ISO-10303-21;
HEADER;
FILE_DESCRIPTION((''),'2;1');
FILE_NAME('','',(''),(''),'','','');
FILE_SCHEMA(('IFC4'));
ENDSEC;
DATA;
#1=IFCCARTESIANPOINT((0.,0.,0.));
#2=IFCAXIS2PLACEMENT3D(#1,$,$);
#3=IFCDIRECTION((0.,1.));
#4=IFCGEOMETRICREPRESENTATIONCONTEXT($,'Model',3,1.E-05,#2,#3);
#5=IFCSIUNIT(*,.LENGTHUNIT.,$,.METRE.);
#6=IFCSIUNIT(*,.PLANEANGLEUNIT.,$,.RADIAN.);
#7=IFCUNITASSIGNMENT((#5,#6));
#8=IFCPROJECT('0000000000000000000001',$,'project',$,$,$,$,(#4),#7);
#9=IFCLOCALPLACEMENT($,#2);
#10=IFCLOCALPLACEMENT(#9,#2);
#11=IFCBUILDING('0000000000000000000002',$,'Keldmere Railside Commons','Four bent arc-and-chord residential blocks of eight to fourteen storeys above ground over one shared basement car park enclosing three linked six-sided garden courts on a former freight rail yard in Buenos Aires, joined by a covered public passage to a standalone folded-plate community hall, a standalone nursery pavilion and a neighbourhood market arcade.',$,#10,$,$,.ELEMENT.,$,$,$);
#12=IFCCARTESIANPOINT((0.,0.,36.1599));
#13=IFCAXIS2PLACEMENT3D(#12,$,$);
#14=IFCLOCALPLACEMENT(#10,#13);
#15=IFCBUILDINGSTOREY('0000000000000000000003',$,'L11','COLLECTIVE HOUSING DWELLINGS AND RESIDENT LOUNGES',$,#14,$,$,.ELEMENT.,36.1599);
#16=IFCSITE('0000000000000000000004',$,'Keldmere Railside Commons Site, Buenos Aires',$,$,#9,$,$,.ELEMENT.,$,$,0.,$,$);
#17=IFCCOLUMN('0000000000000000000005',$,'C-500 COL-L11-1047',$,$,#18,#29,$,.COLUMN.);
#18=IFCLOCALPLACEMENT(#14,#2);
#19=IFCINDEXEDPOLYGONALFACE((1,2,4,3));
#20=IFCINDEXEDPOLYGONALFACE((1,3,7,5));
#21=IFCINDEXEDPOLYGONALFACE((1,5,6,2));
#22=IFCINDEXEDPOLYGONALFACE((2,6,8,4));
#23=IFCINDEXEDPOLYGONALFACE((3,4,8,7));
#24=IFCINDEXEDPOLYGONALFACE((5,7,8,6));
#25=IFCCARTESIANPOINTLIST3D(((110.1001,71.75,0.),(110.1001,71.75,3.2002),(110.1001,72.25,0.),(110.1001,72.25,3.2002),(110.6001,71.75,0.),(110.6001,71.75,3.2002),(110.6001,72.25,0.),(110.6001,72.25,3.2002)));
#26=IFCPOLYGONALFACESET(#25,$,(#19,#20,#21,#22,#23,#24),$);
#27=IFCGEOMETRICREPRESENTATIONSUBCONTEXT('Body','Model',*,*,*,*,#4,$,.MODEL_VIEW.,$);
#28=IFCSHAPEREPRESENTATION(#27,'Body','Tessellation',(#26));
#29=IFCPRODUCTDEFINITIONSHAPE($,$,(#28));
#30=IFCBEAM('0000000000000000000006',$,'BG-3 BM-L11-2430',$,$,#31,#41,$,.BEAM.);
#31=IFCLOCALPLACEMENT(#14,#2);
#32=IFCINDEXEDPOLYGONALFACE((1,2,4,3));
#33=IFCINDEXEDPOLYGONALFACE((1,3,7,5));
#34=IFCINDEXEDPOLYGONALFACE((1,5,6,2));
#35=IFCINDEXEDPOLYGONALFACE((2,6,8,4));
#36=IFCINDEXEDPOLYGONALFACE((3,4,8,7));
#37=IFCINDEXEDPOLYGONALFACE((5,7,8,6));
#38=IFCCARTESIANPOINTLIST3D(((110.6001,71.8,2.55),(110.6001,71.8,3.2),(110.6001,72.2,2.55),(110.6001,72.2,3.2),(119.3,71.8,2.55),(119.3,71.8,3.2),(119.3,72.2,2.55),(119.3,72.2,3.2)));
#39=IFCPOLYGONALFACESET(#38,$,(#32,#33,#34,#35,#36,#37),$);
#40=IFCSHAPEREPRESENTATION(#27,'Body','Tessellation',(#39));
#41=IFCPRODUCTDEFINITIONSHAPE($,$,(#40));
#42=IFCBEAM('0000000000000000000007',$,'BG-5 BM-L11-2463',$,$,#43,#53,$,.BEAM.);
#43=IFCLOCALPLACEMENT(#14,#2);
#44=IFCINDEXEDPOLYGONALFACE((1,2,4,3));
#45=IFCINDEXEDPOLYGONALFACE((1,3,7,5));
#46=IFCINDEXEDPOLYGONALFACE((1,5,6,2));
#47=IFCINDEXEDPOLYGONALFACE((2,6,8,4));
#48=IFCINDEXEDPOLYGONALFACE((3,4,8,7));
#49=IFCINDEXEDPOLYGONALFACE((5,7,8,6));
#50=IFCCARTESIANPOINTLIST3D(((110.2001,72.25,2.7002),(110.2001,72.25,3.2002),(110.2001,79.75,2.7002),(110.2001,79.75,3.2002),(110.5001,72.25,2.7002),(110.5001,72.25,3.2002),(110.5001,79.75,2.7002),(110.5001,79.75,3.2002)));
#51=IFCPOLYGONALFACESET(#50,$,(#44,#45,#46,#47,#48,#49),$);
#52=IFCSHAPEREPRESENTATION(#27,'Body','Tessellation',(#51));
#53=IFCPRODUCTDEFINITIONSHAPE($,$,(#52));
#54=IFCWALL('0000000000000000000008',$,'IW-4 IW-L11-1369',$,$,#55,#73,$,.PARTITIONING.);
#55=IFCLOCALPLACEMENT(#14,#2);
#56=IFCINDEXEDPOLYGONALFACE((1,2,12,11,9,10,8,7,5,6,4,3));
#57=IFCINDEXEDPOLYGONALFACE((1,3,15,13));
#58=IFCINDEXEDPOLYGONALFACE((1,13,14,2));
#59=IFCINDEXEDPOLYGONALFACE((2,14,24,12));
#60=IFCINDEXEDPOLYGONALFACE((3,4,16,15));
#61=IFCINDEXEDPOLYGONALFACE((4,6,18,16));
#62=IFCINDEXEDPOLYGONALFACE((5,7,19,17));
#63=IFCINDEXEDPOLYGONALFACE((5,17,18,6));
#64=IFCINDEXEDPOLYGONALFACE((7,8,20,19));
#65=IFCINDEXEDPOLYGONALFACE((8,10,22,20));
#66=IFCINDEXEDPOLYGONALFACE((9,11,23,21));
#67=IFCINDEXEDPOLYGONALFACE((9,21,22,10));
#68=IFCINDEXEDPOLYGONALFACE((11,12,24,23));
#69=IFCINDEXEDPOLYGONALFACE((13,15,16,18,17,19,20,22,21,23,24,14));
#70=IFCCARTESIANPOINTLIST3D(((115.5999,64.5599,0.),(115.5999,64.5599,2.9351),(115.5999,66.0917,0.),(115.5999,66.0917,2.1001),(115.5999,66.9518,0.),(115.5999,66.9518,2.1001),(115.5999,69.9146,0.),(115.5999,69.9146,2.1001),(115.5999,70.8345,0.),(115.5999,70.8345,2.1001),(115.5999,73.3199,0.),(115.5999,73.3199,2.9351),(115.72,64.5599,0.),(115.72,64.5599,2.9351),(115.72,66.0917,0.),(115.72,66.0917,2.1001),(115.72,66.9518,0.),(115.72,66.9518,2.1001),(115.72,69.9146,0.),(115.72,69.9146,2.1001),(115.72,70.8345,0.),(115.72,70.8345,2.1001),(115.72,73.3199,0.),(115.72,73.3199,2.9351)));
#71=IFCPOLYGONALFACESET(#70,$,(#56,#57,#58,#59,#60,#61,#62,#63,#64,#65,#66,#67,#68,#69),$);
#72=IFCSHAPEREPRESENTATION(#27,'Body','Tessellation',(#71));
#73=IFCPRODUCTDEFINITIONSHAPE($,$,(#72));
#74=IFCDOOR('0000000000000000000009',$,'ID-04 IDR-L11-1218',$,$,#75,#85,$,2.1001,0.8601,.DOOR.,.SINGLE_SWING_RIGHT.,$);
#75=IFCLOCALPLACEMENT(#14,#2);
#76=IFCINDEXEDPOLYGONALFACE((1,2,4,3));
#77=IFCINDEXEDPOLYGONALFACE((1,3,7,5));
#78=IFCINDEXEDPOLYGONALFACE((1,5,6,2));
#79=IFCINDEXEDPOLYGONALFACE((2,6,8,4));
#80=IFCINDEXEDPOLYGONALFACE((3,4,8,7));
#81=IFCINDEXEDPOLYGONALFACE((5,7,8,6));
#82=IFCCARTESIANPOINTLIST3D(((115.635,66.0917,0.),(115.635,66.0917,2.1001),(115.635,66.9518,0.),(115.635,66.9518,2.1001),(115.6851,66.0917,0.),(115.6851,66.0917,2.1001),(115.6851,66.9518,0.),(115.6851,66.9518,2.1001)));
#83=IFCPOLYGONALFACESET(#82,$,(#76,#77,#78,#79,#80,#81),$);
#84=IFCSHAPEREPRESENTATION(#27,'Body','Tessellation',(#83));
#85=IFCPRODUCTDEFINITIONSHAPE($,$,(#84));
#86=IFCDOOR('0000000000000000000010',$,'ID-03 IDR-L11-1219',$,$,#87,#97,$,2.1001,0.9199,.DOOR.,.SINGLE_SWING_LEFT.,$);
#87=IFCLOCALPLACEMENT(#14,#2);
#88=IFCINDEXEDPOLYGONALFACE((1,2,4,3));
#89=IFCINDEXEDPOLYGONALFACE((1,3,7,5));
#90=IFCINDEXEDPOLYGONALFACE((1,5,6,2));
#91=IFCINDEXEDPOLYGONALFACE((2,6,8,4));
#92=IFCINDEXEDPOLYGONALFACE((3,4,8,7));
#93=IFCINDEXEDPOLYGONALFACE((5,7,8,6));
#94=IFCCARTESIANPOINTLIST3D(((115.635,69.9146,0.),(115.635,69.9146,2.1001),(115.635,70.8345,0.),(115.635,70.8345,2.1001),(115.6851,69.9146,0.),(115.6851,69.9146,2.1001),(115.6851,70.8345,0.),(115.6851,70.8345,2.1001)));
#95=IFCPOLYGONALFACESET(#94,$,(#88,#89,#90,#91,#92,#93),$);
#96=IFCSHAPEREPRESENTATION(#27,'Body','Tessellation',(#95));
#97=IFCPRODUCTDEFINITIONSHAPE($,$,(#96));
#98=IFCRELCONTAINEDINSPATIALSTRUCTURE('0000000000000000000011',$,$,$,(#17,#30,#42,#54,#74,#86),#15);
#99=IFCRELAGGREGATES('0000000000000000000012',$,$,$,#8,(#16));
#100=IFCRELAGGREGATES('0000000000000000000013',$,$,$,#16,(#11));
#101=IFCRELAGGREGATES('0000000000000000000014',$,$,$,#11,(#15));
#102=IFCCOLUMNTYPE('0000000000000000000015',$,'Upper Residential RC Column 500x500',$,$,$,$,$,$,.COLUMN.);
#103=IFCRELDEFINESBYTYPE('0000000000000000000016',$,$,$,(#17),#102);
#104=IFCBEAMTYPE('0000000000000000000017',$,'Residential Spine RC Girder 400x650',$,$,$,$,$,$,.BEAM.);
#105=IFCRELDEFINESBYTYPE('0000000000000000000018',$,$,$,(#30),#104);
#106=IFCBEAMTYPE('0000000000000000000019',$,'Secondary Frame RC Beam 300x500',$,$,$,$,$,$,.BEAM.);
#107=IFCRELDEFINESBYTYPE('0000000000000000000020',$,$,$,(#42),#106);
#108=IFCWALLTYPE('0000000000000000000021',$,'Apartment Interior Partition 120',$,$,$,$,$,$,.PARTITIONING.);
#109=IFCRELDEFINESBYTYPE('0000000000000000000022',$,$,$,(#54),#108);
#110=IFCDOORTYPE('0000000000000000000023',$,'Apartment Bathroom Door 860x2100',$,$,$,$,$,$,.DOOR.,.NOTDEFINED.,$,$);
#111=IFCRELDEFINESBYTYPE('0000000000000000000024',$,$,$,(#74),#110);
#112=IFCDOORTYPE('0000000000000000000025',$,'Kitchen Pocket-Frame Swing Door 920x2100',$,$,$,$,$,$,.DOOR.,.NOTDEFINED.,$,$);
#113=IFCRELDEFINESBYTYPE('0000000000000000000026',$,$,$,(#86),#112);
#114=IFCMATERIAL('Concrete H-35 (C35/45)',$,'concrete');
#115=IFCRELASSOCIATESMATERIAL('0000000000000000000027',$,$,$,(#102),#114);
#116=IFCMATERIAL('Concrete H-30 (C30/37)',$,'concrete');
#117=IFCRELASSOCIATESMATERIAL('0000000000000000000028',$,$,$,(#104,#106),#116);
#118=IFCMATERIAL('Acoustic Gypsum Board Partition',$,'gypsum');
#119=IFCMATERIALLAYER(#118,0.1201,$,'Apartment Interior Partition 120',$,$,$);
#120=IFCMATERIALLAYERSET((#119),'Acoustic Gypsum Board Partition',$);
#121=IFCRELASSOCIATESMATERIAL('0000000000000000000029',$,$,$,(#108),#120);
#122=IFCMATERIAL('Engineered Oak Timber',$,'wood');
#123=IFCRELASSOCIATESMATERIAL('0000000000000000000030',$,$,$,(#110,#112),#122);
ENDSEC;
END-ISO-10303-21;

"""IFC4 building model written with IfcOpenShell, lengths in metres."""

from ifc_helpers import new_model, si_unit, direction, frame, frame_2d, origin, origin_2d, place, context, subcontext, project, spatial, rectangle, extrude, material, layer, layer_set, material_profile, profile_set, type_object, element, fill, save


model = new_model("IFC4")

# Units and contexts
model_context = context("Model", 3, precision=1e-05, world=origin(), true_north=direction((0.0, 1.0)))
body_context = subcontext(model_context, "Body", "Model", "MODEL_VIEW")
ifc_project = project(units=[si_unit("LENGTHUNIT", "METRE"), si_unit("PLANEANGLEUNIT", "RADIAN")], contexts=[model_context])

# Site, building, storey
site_placement = place(None, origin())
site = spatial("IfcSite", under=ifc_project, at=site_placement, Name="Keldmere Railside Commons Site, Buenos Aires", CompositionType="ELEMENT", RefElevation=0.0)
building_placement = place(site_placement, origin())
building = spatial("IfcBuilding", under=site, at=building_placement, Name="Keldmere Railside Commons", Description="Four bent arc-and-chord residential blocks of eight to fourteen storeys above ground over one shared basement car park enclosing three linked six-sided garden courts on a former freight rail yard in Buenos Aires, joined by a covered public passage to a standalone folded-plate community hall, a standalone nursery pavilion and a neighbourhood market arcade.", CompositionType="ELEMENT")
storey_placement = place(building_placement, frame((0.0, 0.0, 36.1599)))
storey = spatial("IfcBuildingStorey", under=building, at=storey_placement, Name="L11", Description="COLLECTIVE HOUSING DWELLINGS AND RESIDENT LOUNGES", CompositionType="ELEMENT", Elevation=36.1599)

# Column
ifc_material_1 = material(Name="Concrete H-35 (C35/45)", Category="concrete")
ifc_material_profile_1 = material_profile(ifc_material_1, rectangle(XDim=0.5, YDim=0.5, at=origin_2d()), Name="RC-500x500")
ifc_profile_set_1 = profile_set([ifc_material_profile_1], Name="Concrete H-35 (C35/45)")
column_type = type_object("IfcColumnType", Name="Upper Residential RC Column 500x500", PredefinedType="COLUMN", material=ifc_profile_set_1)
column_placement = place(storey_placement, frame((110.3501, 72.0, 0.0), z_axis=(0.0, 0.0, 1.0), x_axis=(1.0, 0.0, 0.0)))
element("IfcColumn", 1, at=column_placement, inside=storey, type_object=column_type, Name="C-500 COL-L11-1047", PredefinedType="COLUMN", context=body_context, shape_type="SweptSolid", body=[
    extrude(rectangle(XDim=0.5, YDim=0.5, at=origin_2d()), origin(), (0.0, 0.0, 1.0), 3.2002),
])

# Beams
ifc_material_2 = material(Name="Concrete H-30 (C30/37)", Category="concrete")
ifc_material_profile_2 = material_profile(ifc_material_2, rectangle(XDim=0.3999, YDim=0.6499, at=origin_2d()), Name="RC-400x650")
ifc_profile_set_2 = profile_set([ifc_material_profile_2], Name="Concrete H-30 (C30/37)")
beam_type_1 = type_object("IfcBeamType", Name="Residential Spine RC Girder 400x650", PredefinedType="BEAM", material=ifc_profile_set_2)
beam_1_placement = place(storey_placement, frame((110.6001, 72.0, 2.875), z_axis=(1.0, 0.0, 0.0), x_axis=(0.0, 1.0, 0.0)))
element("IfcBeam", 2, at=beam_1_placement, inside=storey, type_object=beam_type_1, Name="BG-3 BM-L11-2430", PredefinedType="BEAM", context=body_context, shape_type="SweptSolid", body=[
    extrude(rectangle(XDim=0.3999, YDim=0.6499, at=origin_2d()), origin(), (0.0, 0.0, 1.0), 8.7),
])
ifc_material_profile_3 = material_profile(ifc_material_2, rectangle(XDim=0.3, YDim=0.5, at=origin_2d()), Name="RC-300x500")
ifc_profile_set_3 = profile_set([ifc_material_profile_3], Name="Concrete H-30 (C30/37)")
beam_type_2 = type_object("IfcBeamType", Name="Secondary Frame RC Beam 300x500", PredefinedType="BEAM", material=ifc_profile_set_3)
beam_2_placement = place(storey_placement, frame((110.3501, 72.25, 2.9502), z_axis=(0.0, 1.0, 0.0), x_axis=(-1.0, 0.0, 0.0)))
element("IfcBeam", 3, at=beam_2_placement, inside=storey, type_object=beam_type_2, Name="BG-5 BM-L11-2463", PredefinedType="BEAM", context=body_context, shape_type="SweptSolid", body=[
    extrude(rectangle(XDim=0.3, YDim=0.5, at=origin_2d()), origin(), (0.0, 0.0, 1.0), 7.5),
])

# Wall, openings, doors
ifc_material_3 = material(Name="Acoustic Gypsum Board Partition", Category="gypsum")
ifc_layer_1 = layer(ifc_material_3, 0.1201, Name="Apartment Interior Partition 120")
ifc_layer_set_1 = layer_set([ifc_layer_1], Name="Acoustic Gypsum Board Partition")
wall_type_1 = type_object("IfcWallType", Name="Apartment Interior Partition 120", PredefinedType="PARTITIONING", material=ifc_layer_set_1)
wall_1_placement = place(storey_placement, frame((115.6599, 64.5601, 0.0), z_axis=(0.0, 0.0, 1.0), x_axis=(0.0, 1.0, 0.0)))
wall_1 = element("IfcWall", 4, at=wall_1_placement, inside=storey, type_object=wall_type_1, Name="IW-4 IW-L11-1369", PredefinedType="PARTITIONING", context=body_context, shape_type="SweptSolid", body=[
    extrude(rectangle(XDim=8.76, YDim=0.1201, at=frame_2d((4.3799, 0.0))), origin(), (0.0, 0.0, 1.0), 2.9351),
])
opening_1_placement = place(wall_1_placement, frame((1.5315, 0.0, 0.0)))
opening_1 = element("IfcOpeningElement", 5, at=opening_1_placement, cuts=wall_1, PredefinedType="OPENING", context=body_context, shape_type="SweptSolid", body=[
    extrude(rectangle(XDim=0.8601, YDim=2.1001, at=frame_2d((0.4302, 1.05))), frame((0.0, 0.0701, 0.0), z_axis=(0.0, -1.0, 0.0), x_axis=(1.0, 0.0, 0.0)), (0.0, 0.0, 1.0), 0.1401),
])
opening_2_placement = place(wall_1_placement, frame((5.3545, 0.0, 0.0)))
opening_2 = element("IfcOpeningElement", 6, at=opening_2_placement, cuts=wall_1, PredefinedType="OPENING", context=body_context, shape_type="SweptSolid", body=[
    extrude(rectangle(XDim=0.9199, YDim=2.1001, at=frame_2d((0.46, 1.05))), frame((0.0, 0.0701, 0.0), z_axis=(0.0, -1.0, 0.0), x_axis=(1.0, 0.0, 0.0)), (0.0, 0.0, 1.0), 0.1401),
])
ifc_material_4 = material(Name="Engineered Oak Timber", Category="wood")
door_type_1 = type_object("IfcDoorType", Name="Apartment Bathroom Door 860x2100", OperationType="NOTDEFINED", PredefinedType="DOOR", material=ifc_material_4)
door_1_placement = place(opening_1_placement, origin())
door_1 = element("IfcDoor", 7, at=door_1_placement, inside=storey, type_object=door_type_1, Name="ID-04 IDR-L11-1218", OperationType="SINGLE_SWING_RIGHT", OverallHeight=2.1001, OverallWidth=0.8601, PredefinedType="DOOR", context=body_context, shape_type="SweptSolid", body=[
    extrude(rectangle(XDim=0.8601, YDim=2.1001, at=frame_2d((0.4302, 1.05))), frame((0.0, 0.0249, 0.0), z_axis=(0.0, -1.0, 0.0), x_axis=(1.0, 0.0, 0.0)), (0.0, 0.0, 1.0), 0.05),
])
fill(opening_1, door_1)
door_type_2 = type_object("IfcDoorType", Name="Kitchen Pocket-Frame Swing Door 920x2100", OperationType="NOTDEFINED", PredefinedType="DOOR", material=ifc_material_4)
door_2_placement = place(opening_2_placement, origin())
door_2 = element("IfcDoor", 8, at=door_2_placement, inside=storey, type_object=door_type_2, Name="ID-03 IDR-L11-1219", OperationType="SINGLE_SWING_LEFT", OverallHeight=2.1001, OverallWidth=0.9199, PredefinedType="DOOR", context=body_context, shape_type="SweptSolid", body=[
    extrude(rectangle(XDim=0.9199, YDim=2.1001, at=frame_2d((0.46, 1.05))), frame((0.0, 0.0249, 0.0), z_axis=(0.0, -1.0, 0.0), x_axis=(1.0, 0.0, 0.0)), (0.0, 0.0, 1.0), 0.05),
])
fill(opening_2, door_2)

save(model, "model.ifc")
